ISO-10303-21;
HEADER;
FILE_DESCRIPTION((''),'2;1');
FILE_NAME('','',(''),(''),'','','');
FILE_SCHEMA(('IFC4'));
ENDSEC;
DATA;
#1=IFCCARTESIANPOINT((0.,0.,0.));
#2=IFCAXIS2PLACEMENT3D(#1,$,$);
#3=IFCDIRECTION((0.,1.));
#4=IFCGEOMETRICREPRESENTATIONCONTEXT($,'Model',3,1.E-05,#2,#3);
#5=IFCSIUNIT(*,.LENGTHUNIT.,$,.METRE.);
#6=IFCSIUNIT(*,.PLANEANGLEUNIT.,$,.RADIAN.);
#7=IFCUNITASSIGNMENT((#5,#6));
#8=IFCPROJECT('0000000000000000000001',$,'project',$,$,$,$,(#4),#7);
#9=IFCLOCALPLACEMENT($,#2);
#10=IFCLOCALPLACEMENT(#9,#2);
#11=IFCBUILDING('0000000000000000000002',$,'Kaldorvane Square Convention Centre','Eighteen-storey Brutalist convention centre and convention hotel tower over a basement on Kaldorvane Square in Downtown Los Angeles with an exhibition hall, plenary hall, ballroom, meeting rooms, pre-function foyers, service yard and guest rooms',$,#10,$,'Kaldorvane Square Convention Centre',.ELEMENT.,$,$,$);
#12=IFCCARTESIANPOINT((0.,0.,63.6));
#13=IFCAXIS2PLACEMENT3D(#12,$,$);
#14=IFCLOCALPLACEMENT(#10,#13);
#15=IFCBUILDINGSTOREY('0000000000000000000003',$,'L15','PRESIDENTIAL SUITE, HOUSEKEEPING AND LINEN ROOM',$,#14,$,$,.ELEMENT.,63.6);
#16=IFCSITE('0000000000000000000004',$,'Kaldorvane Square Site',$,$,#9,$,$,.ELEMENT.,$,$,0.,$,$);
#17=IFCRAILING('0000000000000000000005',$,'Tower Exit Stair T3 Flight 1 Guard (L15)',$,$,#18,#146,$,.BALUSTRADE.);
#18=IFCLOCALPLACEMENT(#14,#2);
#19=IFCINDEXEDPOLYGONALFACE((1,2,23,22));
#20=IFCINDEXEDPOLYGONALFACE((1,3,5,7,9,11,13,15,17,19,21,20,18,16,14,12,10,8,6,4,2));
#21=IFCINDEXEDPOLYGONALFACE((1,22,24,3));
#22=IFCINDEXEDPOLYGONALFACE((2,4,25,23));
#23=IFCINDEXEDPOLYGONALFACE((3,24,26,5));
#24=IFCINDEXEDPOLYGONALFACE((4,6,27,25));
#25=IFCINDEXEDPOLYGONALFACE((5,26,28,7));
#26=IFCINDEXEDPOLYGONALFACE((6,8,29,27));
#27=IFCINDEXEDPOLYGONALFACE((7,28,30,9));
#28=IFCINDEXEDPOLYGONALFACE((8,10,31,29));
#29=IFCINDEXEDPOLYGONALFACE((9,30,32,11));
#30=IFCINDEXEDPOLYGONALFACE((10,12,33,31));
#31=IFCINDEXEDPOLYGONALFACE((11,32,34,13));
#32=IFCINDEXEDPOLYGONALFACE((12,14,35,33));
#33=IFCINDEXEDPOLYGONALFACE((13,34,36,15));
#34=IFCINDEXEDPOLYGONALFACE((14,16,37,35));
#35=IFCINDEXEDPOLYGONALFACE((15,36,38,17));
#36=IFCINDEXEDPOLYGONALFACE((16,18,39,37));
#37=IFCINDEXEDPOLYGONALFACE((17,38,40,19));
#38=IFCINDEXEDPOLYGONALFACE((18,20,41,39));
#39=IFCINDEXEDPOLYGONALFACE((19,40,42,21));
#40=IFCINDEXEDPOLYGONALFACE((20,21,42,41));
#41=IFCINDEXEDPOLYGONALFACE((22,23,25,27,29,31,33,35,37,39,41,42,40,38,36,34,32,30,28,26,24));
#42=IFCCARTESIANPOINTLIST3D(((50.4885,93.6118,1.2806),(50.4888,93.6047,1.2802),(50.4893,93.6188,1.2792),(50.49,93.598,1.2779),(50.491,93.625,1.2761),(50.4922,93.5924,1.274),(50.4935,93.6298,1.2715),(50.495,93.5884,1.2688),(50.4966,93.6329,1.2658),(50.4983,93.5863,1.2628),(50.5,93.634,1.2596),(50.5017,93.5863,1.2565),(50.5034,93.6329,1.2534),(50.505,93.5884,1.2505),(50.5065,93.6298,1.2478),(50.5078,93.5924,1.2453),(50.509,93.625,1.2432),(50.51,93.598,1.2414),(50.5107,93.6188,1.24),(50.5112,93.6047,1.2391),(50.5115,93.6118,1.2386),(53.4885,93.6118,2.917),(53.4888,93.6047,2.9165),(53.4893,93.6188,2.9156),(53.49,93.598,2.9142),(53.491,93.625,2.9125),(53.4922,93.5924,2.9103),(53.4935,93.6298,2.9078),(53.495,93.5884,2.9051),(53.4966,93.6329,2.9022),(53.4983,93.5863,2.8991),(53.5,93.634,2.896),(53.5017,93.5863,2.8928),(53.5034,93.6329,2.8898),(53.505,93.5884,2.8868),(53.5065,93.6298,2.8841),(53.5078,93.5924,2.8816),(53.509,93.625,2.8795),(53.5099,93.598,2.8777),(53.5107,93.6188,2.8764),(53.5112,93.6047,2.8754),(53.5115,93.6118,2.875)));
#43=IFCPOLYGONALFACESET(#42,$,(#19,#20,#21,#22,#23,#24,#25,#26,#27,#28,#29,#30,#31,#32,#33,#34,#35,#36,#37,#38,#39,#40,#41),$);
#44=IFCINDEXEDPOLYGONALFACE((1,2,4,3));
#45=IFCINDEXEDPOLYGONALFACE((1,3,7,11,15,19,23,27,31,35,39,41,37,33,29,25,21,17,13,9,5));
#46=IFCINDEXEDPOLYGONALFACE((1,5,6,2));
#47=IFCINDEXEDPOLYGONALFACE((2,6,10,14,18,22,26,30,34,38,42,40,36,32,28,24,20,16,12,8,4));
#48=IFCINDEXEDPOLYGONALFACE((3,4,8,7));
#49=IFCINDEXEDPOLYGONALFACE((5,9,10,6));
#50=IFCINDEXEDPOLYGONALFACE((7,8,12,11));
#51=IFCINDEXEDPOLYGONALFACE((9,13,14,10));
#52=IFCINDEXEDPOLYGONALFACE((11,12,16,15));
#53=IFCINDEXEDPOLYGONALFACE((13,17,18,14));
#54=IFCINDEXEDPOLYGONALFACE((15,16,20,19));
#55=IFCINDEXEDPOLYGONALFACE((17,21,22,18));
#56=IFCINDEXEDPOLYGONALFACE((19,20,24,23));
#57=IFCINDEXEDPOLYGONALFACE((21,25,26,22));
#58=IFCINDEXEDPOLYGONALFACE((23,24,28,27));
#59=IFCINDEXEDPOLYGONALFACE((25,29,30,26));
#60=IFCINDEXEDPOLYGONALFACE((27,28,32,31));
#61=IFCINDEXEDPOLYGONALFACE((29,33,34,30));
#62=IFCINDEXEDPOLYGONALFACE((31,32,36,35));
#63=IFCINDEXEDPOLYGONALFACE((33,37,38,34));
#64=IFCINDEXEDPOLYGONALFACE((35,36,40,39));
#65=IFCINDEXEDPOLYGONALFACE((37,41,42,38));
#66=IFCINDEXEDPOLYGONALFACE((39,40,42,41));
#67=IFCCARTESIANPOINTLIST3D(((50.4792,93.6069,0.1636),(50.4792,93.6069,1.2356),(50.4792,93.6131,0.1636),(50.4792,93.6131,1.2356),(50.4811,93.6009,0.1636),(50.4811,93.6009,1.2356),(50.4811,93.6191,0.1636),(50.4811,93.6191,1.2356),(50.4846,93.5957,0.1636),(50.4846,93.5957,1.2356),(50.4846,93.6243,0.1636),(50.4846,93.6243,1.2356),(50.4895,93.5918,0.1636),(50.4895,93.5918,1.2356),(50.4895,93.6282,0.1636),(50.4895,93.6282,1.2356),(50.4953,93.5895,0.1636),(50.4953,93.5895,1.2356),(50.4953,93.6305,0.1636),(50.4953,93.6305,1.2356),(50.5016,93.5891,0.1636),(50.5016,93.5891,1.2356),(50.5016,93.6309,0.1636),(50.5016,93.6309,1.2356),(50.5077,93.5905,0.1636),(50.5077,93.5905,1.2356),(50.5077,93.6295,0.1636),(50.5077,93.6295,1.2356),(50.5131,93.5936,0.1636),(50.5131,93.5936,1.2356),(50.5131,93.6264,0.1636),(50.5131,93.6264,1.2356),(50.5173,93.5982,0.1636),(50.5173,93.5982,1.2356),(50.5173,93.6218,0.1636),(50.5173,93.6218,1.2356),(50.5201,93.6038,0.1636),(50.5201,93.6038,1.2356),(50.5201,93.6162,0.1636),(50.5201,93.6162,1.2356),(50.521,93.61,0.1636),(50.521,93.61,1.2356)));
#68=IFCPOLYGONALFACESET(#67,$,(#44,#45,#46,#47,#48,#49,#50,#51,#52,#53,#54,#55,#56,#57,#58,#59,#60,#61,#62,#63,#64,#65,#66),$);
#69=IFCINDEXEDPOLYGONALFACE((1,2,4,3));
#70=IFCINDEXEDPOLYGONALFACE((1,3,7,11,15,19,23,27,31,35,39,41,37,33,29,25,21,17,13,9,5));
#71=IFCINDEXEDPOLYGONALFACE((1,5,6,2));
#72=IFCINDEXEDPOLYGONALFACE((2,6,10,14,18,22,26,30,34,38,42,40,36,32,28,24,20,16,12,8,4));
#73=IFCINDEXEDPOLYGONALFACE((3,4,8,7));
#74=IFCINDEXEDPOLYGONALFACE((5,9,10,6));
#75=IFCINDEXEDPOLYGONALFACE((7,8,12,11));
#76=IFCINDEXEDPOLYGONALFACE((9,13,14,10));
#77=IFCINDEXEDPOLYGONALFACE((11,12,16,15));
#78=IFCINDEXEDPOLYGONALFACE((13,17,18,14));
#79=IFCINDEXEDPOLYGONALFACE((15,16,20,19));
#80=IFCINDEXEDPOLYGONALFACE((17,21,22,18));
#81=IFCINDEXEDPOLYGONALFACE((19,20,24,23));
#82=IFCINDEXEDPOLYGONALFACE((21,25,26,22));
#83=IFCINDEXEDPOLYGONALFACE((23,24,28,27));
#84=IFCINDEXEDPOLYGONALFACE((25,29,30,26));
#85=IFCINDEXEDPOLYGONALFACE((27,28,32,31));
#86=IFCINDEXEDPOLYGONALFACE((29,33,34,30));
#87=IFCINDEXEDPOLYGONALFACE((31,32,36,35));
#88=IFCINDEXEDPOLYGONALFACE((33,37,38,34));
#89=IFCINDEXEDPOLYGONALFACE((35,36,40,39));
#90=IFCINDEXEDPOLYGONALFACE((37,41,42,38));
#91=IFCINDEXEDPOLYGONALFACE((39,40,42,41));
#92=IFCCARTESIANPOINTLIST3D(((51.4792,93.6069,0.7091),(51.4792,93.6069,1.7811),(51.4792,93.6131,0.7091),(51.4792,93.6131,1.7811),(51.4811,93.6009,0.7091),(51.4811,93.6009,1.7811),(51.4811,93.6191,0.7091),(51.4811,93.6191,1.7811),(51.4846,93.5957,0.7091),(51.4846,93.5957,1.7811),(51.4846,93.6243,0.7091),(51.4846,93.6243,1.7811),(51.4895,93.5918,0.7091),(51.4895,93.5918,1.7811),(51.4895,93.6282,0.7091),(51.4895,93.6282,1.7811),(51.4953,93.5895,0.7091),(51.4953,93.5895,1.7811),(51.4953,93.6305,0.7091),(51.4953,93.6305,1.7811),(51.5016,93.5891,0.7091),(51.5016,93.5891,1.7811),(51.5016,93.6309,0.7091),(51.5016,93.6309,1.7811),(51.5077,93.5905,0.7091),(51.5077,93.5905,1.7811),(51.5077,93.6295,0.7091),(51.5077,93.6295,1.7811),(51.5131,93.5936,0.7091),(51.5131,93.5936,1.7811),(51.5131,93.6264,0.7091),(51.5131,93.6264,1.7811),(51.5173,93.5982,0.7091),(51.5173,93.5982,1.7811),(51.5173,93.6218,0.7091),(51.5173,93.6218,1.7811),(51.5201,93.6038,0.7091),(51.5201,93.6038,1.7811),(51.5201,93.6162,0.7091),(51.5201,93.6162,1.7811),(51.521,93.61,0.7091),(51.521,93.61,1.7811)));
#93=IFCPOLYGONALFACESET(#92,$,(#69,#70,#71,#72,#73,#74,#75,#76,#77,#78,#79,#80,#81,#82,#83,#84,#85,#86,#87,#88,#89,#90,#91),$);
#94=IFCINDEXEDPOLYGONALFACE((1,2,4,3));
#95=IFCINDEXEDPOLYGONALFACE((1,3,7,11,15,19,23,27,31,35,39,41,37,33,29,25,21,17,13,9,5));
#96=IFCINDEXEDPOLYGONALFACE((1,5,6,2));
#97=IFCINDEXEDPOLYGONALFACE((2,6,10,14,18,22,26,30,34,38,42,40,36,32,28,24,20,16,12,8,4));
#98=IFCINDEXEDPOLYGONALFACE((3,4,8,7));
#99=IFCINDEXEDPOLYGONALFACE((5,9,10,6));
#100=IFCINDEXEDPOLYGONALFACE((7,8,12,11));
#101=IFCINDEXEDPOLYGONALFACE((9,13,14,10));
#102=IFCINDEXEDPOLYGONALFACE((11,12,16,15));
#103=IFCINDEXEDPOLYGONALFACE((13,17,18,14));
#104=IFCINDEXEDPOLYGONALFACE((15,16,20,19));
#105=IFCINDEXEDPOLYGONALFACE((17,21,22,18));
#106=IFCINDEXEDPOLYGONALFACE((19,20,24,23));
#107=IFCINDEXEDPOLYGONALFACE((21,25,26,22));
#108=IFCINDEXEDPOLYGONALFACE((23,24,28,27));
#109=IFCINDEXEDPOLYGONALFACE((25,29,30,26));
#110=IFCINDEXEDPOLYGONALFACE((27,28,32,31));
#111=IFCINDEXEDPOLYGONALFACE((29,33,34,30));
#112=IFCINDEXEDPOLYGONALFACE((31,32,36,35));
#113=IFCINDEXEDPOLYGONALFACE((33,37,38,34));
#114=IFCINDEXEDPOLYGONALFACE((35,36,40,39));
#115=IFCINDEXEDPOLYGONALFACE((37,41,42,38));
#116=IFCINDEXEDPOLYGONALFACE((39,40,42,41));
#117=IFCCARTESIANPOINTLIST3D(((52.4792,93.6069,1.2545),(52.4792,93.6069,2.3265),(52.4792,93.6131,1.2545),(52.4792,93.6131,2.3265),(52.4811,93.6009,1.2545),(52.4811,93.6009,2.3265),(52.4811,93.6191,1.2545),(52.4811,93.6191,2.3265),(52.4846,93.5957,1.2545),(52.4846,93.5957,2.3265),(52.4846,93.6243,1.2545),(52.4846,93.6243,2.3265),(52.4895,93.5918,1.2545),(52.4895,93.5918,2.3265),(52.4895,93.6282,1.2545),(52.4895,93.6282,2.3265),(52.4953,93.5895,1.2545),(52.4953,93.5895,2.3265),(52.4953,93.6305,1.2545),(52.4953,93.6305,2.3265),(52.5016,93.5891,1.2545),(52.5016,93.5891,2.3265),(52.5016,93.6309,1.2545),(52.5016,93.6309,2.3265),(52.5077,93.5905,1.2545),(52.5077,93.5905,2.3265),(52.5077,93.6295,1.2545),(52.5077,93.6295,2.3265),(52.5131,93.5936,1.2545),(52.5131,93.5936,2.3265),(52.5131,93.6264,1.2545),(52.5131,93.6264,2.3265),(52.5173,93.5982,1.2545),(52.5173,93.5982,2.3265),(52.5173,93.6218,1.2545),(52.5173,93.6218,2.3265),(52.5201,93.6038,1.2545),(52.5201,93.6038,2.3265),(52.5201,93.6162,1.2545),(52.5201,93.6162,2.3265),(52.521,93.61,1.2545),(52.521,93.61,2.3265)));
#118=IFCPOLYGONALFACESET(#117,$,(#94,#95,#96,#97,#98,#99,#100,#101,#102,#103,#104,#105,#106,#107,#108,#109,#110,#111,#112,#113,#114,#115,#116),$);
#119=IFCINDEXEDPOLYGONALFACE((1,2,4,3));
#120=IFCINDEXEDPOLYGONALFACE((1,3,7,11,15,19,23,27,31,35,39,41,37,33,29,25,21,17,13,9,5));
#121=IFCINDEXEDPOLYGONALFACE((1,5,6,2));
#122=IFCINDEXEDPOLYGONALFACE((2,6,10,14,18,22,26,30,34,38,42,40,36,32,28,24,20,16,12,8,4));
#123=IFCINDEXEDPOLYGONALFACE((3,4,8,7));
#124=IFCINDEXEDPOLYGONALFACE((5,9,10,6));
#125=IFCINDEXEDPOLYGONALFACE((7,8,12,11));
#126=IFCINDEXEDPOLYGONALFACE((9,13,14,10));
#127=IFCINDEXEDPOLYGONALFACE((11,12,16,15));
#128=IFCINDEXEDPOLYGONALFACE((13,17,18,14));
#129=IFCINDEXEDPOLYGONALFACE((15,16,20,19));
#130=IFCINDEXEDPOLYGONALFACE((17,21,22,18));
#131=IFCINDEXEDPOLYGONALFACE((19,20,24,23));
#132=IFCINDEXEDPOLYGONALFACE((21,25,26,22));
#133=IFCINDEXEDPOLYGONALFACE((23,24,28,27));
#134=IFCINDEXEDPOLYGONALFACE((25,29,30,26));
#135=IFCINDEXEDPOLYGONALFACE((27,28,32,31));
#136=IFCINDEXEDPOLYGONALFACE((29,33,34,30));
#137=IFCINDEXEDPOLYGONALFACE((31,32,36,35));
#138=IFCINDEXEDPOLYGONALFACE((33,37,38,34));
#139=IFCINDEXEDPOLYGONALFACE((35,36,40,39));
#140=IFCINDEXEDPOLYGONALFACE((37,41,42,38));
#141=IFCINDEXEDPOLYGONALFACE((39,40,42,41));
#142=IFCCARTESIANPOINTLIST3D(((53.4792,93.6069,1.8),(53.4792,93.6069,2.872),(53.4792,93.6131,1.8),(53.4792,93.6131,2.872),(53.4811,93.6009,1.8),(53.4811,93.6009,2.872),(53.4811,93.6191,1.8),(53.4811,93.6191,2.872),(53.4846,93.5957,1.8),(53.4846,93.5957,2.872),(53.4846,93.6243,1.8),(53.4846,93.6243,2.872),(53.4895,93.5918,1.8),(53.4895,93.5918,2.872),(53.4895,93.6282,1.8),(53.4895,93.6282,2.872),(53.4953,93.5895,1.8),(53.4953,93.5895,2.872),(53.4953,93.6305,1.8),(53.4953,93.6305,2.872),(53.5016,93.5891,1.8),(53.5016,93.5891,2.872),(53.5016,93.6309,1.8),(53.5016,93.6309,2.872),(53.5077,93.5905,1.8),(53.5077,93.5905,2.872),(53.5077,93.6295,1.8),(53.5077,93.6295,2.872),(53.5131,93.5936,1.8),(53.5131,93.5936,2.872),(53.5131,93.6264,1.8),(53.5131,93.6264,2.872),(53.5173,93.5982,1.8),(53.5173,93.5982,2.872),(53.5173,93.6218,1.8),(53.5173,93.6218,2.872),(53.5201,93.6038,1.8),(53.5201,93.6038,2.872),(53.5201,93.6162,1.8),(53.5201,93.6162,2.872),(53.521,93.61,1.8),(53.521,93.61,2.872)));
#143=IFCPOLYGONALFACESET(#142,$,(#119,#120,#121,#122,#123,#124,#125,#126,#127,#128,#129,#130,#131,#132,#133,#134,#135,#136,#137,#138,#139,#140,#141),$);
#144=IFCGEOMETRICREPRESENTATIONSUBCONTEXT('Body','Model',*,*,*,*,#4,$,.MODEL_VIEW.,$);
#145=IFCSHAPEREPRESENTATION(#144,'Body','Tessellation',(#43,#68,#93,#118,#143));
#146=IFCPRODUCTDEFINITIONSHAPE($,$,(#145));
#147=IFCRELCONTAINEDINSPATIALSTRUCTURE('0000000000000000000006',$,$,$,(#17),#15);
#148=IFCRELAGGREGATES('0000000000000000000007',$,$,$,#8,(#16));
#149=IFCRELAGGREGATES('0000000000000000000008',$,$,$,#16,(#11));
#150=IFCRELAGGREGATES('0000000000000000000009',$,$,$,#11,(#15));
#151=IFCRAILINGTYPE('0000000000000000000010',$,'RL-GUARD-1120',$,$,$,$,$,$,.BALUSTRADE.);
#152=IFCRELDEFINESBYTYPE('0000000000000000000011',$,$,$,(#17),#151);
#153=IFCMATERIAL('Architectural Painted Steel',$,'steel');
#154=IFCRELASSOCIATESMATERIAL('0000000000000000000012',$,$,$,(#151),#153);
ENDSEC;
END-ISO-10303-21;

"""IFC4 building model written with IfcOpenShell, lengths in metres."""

from ifc_helpers import new_model, si_unit, direction, frame, origin, origin_2d, place, context, subcontext, project, spatial, circle, extrude, material, type_object, element, save


model = new_model("IFC4")

# Units and contexts
model_context = context("Model", 3, precision=1e-05, world=origin(), true_north=direction((0.0, 1.0)))
body_context = subcontext(model_context, "Body", "Model", "MODEL_VIEW")
ifc_project = project(units=[si_unit("LENGTHUNIT", "METRE"), si_unit("PLANEANGLEUNIT", "RADIAN")], contexts=[model_context])

# Site, building, storey
site_placement = place(None, origin())
site = spatial("IfcSite", under=ifc_project, at=site_placement, Name="Kaldorvane Square Site", CompositionType="ELEMENT", RefElevation=0.0)
building_placement = place(site_placement, origin())
building = spatial("IfcBuilding", under=site, at=building_placement, Name="Kaldorvane Square Convention Centre", Description="Eighteen-storey Brutalist convention centre and convention hotel tower over a basement on Kaldorvane Square in Downtown Los Angeles with an exhibition hall, plenary hall, ballroom, meeting rooms, pre-function foyers, service yard and guest rooms", LongName="Kaldorvane Square Convention Centre", CompositionType="ELEMENT")
storey_placement = place(building_placement, frame((0.0, 0.0, 63.6)))
storey = spatial("IfcBuildingStorey", under=building, at=storey_placement, Name="L15", Description="PRESIDENTIAL SUITE, HOUSEKEEPING AND LINEN ROOM", CompositionType="ELEMENT", Elevation=63.6)

# Railing
ifc_material_1 = material(Name="Architectural Painted Steel", Category="steel")
railing_type_1 = type_object("IfcRailingType", Name="RL-GUARD-1120", PredefinedType="BALUSTRADE", material=ifc_material_1)
railing_1_placement = place(storey_placement, frame((50.5, 93.61, 0.1636)))
element("IfcRailing", 1, at=railing_1_placement, inside=storey, type_object=railing_type_1, Name="Tower Exit Stair T3 Flight 1 Guard (L15)", PredefinedType="BALUSTRADE", context=body_context, shape_type="SweptSolid", body=[
    extrude(circle(Radius=0.024, at=origin_2d()), frame((0.0, 0.0, 1.096), z_axis=(0.877897, 0.0, 0.47885), x_axis=(0.0, 1.0, 0.0)), (0.0, 0.0, 1.0), 3.4173),
    extrude(circle(Radius=0.021, at=origin_2d()), origin(), (0.0, 0.0, 1.0), 1.072),
    extrude(circle(Radius=0.021, at=origin_2d()), frame((1.0, 0.0, 0.5455)), (0.0, 0.0, 1.0), 1.072),
    extrude(circle(Radius=0.021, at=origin_2d()), frame((2.0, 0.0, 1.0909)), (0.0, 0.0, 1.0), 1.072),
    extrude(circle(Radius=0.021, at=origin_2d()), frame((3.0, 0.0, 1.6364)), (0.0, 0.0, 1.0), 1.072),
])

save(model, "model.ifc")
